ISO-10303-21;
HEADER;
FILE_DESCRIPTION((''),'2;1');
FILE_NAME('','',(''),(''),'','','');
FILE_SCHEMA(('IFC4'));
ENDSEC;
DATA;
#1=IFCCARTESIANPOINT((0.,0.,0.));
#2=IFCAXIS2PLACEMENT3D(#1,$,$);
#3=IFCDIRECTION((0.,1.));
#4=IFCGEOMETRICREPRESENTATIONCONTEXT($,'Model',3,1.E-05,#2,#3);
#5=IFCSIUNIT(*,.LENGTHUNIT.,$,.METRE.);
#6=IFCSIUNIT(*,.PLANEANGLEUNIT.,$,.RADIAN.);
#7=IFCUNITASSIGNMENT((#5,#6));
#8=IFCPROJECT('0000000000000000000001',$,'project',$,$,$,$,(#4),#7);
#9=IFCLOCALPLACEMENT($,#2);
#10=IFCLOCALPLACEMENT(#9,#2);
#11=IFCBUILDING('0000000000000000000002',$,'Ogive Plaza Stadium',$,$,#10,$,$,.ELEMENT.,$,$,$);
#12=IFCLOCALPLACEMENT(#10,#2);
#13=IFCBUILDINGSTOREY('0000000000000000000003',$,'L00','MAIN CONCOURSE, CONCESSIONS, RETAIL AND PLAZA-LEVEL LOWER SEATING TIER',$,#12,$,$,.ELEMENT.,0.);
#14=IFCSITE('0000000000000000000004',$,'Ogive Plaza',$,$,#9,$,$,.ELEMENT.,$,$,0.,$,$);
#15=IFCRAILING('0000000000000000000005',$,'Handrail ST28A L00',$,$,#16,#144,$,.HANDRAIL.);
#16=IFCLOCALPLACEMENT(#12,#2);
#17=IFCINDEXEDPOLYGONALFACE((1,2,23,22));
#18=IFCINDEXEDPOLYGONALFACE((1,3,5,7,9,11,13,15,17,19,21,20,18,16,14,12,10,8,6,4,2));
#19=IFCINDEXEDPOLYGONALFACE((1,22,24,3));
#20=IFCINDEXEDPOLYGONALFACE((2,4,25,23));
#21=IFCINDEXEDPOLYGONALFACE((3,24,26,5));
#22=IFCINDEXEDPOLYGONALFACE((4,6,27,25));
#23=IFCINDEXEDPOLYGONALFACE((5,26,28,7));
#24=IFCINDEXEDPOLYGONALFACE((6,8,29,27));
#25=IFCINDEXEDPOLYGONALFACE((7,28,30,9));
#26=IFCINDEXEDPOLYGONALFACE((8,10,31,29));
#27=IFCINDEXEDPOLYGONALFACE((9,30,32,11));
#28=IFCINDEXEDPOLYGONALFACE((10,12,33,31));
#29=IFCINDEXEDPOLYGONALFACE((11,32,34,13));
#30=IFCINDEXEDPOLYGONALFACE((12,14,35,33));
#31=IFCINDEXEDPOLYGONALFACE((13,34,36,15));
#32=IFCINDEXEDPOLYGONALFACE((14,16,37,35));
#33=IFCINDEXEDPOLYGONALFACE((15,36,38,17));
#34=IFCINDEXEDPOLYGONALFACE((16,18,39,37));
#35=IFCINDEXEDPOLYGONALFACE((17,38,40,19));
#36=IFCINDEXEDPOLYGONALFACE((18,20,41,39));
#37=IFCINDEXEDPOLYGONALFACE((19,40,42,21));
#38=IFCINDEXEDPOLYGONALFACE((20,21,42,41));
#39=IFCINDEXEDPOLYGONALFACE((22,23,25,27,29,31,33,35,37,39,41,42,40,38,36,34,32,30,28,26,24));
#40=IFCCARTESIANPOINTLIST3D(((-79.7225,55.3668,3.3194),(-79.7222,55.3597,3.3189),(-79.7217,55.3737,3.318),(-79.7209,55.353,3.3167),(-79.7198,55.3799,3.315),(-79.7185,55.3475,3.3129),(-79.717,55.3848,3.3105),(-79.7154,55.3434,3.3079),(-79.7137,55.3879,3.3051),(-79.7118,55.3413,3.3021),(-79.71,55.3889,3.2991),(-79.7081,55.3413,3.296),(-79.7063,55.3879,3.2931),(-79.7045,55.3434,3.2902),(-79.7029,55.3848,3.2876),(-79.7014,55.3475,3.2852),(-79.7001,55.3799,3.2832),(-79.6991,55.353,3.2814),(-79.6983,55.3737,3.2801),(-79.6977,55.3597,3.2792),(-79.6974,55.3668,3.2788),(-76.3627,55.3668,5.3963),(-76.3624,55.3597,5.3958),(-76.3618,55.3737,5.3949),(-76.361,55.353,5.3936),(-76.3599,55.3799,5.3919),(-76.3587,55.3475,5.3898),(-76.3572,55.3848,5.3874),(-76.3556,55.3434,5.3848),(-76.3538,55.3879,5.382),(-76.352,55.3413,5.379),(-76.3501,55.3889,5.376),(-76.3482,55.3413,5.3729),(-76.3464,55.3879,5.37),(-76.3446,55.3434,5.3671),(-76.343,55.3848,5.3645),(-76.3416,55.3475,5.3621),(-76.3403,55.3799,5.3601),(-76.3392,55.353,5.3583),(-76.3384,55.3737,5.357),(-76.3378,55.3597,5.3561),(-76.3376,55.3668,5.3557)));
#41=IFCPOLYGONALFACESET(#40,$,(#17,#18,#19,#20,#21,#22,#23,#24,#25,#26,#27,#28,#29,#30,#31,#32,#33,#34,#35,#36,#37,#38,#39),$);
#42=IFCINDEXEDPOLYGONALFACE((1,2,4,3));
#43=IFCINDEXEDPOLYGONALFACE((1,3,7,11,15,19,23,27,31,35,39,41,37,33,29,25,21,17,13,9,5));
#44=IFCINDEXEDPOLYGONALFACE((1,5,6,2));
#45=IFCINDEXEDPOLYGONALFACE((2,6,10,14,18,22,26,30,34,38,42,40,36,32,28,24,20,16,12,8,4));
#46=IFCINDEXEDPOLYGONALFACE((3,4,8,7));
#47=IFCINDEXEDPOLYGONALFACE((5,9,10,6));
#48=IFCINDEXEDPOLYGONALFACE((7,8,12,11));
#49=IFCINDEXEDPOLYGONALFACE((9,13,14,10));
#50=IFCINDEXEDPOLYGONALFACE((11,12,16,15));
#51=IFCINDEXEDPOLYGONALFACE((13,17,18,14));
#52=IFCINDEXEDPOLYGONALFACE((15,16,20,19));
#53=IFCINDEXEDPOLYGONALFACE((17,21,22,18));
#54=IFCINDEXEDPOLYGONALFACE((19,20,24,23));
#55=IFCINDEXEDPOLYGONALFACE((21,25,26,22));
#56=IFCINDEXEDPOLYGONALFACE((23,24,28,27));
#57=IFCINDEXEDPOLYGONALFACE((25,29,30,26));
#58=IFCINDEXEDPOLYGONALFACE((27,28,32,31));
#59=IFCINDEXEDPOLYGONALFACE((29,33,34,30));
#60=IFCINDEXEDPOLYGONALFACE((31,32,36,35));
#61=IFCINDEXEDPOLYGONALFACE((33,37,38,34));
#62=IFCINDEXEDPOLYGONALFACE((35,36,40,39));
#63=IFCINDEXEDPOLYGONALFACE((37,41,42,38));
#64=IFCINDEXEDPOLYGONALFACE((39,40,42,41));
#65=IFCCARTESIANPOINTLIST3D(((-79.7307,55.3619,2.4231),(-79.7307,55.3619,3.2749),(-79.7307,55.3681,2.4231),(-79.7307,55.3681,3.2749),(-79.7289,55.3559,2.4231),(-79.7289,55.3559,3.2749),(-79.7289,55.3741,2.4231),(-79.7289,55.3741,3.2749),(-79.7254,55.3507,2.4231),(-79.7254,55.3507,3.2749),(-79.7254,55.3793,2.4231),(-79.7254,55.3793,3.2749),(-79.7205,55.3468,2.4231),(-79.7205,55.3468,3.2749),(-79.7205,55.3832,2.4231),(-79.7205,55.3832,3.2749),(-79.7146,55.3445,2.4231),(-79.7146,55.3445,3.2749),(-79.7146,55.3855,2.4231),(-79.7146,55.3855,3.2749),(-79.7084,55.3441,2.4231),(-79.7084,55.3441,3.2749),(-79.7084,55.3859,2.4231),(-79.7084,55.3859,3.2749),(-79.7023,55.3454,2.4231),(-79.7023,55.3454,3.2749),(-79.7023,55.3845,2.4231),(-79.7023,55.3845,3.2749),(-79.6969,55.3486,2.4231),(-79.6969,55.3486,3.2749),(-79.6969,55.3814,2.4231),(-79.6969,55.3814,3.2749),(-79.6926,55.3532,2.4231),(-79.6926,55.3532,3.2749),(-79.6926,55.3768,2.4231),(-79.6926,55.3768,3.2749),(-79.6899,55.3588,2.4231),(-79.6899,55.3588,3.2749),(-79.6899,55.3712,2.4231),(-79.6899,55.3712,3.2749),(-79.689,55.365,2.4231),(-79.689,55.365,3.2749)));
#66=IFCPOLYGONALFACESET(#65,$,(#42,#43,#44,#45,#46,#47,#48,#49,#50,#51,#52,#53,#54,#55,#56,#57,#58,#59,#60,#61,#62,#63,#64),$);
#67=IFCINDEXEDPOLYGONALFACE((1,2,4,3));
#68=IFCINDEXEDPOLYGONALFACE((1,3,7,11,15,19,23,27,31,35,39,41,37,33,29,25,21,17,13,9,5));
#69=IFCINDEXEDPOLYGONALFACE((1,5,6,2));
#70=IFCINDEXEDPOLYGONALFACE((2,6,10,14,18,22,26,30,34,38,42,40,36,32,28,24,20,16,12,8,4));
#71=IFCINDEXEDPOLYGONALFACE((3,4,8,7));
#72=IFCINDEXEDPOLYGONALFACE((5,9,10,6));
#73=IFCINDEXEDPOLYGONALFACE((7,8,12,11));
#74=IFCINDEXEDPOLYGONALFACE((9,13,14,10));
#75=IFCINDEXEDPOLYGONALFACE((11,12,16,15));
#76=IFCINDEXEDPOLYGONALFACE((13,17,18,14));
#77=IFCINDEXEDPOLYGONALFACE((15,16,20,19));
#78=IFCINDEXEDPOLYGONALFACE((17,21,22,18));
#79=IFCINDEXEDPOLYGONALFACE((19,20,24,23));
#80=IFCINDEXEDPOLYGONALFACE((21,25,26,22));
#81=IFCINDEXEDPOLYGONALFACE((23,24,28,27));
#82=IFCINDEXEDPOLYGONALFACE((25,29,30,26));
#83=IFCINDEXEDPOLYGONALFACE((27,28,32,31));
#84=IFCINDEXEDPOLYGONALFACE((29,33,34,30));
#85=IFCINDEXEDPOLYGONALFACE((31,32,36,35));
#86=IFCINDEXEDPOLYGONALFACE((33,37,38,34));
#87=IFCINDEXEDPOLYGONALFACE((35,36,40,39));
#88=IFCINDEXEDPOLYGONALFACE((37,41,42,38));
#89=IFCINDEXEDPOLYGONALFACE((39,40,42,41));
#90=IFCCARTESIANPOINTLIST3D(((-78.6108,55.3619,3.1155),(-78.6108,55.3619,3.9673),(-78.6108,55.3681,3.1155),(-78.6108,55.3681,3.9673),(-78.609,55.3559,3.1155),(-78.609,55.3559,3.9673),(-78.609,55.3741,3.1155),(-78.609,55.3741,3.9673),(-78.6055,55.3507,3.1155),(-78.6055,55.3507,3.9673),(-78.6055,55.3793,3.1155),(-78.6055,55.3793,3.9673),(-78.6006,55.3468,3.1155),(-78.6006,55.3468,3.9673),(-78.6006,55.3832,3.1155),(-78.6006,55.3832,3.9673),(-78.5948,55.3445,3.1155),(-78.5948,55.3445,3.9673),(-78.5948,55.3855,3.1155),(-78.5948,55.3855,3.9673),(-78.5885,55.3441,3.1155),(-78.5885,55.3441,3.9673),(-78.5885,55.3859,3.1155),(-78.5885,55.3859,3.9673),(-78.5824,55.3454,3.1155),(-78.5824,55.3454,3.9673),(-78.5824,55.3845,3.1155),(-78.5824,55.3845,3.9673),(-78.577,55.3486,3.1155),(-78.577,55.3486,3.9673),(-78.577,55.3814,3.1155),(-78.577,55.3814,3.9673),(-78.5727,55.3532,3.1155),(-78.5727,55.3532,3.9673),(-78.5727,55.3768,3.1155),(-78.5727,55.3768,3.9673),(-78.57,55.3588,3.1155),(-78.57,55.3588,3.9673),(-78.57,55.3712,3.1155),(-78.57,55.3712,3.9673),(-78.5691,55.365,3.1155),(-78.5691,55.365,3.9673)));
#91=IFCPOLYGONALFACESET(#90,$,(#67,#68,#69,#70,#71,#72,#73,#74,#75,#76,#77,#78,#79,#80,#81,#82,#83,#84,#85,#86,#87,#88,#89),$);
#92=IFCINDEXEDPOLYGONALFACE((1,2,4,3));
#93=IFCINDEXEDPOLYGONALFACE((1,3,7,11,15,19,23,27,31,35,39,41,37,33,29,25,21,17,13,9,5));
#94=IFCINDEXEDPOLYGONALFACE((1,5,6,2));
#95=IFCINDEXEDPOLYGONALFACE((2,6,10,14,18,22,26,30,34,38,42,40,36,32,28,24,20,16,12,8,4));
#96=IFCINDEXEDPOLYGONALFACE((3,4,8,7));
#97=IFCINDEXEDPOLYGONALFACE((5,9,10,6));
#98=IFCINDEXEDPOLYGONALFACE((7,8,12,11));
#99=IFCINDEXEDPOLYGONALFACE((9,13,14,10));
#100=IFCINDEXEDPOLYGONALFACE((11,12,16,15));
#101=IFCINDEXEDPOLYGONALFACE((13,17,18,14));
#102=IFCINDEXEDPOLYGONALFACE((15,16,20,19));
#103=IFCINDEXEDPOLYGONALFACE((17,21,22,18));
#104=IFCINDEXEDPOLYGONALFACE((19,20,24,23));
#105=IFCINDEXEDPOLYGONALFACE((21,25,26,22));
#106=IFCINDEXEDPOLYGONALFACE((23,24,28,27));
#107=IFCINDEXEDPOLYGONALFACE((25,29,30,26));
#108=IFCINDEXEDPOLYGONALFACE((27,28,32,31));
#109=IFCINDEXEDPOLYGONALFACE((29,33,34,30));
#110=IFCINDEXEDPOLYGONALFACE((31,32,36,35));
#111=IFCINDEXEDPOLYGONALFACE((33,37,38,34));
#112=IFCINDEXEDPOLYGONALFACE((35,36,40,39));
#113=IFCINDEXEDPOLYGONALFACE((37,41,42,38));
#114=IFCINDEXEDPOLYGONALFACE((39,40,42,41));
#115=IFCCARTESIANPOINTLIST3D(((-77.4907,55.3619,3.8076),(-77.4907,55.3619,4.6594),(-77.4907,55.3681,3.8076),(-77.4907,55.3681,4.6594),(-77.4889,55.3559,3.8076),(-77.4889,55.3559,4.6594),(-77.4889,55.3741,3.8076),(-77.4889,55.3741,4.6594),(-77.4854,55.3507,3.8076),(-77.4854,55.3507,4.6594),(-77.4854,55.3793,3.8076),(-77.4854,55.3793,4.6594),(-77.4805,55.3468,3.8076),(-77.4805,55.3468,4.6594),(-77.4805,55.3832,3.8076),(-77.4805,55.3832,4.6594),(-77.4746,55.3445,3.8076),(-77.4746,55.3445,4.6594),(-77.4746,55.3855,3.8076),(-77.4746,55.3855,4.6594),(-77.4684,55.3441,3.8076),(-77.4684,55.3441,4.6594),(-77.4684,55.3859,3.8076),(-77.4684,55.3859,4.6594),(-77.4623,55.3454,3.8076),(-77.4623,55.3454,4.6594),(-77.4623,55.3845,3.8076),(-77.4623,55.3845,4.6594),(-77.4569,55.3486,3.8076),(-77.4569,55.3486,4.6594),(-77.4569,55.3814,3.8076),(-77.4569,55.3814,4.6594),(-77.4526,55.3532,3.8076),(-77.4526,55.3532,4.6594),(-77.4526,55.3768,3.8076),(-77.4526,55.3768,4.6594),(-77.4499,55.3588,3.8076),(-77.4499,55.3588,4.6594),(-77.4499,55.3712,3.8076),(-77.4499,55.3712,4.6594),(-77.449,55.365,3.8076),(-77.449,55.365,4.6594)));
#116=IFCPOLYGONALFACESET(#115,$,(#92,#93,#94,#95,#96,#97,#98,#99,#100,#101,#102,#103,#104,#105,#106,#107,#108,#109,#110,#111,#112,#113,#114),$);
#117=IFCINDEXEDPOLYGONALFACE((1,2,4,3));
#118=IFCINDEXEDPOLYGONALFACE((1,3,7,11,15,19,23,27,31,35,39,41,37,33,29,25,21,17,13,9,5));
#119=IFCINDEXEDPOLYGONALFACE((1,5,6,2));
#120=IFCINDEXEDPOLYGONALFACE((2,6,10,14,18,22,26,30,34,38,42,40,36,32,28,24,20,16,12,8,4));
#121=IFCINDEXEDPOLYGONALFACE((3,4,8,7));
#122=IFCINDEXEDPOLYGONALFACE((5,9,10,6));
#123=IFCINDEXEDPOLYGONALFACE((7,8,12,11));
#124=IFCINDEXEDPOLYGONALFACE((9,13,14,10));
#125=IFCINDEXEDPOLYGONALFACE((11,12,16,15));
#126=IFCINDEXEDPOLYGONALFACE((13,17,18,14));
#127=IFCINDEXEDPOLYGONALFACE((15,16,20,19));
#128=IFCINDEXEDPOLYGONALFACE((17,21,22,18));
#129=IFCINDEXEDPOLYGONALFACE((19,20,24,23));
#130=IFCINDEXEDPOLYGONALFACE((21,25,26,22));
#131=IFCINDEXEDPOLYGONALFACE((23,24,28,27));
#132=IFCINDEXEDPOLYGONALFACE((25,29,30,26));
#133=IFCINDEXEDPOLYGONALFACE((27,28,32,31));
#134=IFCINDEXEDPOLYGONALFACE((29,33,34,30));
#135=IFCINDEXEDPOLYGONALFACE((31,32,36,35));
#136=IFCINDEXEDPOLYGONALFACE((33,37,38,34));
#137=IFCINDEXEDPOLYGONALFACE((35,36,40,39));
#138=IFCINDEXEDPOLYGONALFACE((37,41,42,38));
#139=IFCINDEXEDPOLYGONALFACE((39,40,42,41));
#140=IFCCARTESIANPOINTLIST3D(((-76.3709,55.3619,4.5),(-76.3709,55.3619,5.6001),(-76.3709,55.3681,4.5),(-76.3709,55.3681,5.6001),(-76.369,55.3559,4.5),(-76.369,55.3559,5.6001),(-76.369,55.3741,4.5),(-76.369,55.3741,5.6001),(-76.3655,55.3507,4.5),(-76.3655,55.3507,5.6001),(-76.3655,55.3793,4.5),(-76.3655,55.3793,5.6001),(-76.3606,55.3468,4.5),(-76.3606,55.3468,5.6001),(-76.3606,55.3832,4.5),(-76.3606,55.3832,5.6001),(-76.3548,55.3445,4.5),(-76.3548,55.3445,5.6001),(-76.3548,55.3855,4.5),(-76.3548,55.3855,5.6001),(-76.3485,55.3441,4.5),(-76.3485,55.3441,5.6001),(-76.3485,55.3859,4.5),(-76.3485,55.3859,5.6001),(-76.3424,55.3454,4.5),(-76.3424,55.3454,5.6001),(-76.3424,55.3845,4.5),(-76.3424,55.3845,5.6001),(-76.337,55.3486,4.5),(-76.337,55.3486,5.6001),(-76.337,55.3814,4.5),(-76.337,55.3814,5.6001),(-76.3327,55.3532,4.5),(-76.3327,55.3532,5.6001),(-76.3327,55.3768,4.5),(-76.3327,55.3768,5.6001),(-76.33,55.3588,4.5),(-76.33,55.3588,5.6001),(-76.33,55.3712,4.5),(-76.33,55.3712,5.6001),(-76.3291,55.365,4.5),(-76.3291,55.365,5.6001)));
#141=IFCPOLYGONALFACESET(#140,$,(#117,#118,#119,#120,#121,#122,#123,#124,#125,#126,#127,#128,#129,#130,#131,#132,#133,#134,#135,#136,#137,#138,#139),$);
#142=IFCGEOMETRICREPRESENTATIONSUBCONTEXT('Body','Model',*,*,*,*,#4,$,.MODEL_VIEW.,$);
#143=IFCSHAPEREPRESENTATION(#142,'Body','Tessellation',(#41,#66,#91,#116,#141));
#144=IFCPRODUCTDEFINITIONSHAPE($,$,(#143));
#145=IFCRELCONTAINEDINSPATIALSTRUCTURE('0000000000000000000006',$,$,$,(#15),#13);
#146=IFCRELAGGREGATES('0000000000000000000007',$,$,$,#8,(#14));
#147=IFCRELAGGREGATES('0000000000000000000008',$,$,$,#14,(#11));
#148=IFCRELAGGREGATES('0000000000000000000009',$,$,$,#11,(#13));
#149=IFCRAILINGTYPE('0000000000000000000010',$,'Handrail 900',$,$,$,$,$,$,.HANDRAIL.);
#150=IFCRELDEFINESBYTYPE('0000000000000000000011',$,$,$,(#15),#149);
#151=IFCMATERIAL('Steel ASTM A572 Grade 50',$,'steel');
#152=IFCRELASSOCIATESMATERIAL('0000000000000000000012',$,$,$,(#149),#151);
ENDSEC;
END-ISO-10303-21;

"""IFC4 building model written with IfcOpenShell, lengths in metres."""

from ifc_helpers import new_model, si_unit, direction, frame, origin, origin_2d, place, context, subcontext, project, spatial, circle, extrude, material, type_object, element, save


model = new_model("IFC4")

# Units and contexts
model_context = context("Model", 3, precision=1e-05, world=origin(), true_north=direction((0.0, 1.0)))
body_context = subcontext(model_context, "Body", "Model", "MODEL_VIEW")
ifc_project = project(units=[si_unit("LENGTHUNIT", "METRE"), si_unit("PLANEANGLEUNIT", "RADIAN")], contexts=[model_context])

# Site, building, storey
site_placement = place(None, origin())
site = spatial("IfcSite", under=ifc_project, at=site_placement, Name="Ogive Plaza", CompositionType="ELEMENT", RefElevation=0.0)
building_placement = place(site_placement, origin())
building = spatial("IfcBuilding", under=site, at=building_placement, Name="Ogive Plaza Stadium", CompositionType="ELEMENT")
storey_placement = place(building_placement, origin())
storey = spatial("IfcBuildingStorey", under=building, at=storey_placement, Name="L00", Description="MAIN CONCOURSE, CONCESSIONS, RETAIL AND PLAZA-LEVEL LOWER SEATING TIER", CompositionType="ELEMENT", Elevation=0.0)

# Railing
ifc_material_1 = material(Name="Steel ASTM A572 Grade 50", Category="steel")
railing_type_1 = type_object("IfcRailingType", Name="Handrail 900", PredefinedType="HANDRAIL", material=ifc_material_1)
railing_1_placement = place(storey_placement, frame((-79.71, 55.365, 2.4231)))
element("IfcRailing", 1, at=railing_1_placement, inside=storey, type_object=railing_type_1, Name="Handrail ST28A L00", PredefinedType="HANDRAIL", context=body_context, shape_type="SweptSolid", body=[
    extrude(circle(Radius=0.0239, at=origin_2d()), frame((0.0, 0.0, 0.876), z_axis=(0.850606, 0.0, 0.525803), x_axis=(0.0, 1.0, 0.0)), (0.0, 0.0, 1.0), 3.95),
    extrude(circle(Radius=0.021, at=origin_2d()), origin(), (0.0, 0.0, 1.0), 0.8518),
    extrude(circle(Radius=0.021, at=origin_2d()), frame((1.1199, 0.0, 0.6924)), (0.0, 0.0, 1.0), 0.8518),
    extrude(circle(Radius=0.021, at=origin_2d()), frame((2.24, 0.0, 1.3845)), (0.0, 0.0, 1.0), 0.8518),
    extrude(circle(Radius=0.021, at=origin_2d()), frame((3.3599, 0.0, 2.0769)), (0.0, 0.0, 1.0), 1.1001),
])

save(model, "model.ifc")
